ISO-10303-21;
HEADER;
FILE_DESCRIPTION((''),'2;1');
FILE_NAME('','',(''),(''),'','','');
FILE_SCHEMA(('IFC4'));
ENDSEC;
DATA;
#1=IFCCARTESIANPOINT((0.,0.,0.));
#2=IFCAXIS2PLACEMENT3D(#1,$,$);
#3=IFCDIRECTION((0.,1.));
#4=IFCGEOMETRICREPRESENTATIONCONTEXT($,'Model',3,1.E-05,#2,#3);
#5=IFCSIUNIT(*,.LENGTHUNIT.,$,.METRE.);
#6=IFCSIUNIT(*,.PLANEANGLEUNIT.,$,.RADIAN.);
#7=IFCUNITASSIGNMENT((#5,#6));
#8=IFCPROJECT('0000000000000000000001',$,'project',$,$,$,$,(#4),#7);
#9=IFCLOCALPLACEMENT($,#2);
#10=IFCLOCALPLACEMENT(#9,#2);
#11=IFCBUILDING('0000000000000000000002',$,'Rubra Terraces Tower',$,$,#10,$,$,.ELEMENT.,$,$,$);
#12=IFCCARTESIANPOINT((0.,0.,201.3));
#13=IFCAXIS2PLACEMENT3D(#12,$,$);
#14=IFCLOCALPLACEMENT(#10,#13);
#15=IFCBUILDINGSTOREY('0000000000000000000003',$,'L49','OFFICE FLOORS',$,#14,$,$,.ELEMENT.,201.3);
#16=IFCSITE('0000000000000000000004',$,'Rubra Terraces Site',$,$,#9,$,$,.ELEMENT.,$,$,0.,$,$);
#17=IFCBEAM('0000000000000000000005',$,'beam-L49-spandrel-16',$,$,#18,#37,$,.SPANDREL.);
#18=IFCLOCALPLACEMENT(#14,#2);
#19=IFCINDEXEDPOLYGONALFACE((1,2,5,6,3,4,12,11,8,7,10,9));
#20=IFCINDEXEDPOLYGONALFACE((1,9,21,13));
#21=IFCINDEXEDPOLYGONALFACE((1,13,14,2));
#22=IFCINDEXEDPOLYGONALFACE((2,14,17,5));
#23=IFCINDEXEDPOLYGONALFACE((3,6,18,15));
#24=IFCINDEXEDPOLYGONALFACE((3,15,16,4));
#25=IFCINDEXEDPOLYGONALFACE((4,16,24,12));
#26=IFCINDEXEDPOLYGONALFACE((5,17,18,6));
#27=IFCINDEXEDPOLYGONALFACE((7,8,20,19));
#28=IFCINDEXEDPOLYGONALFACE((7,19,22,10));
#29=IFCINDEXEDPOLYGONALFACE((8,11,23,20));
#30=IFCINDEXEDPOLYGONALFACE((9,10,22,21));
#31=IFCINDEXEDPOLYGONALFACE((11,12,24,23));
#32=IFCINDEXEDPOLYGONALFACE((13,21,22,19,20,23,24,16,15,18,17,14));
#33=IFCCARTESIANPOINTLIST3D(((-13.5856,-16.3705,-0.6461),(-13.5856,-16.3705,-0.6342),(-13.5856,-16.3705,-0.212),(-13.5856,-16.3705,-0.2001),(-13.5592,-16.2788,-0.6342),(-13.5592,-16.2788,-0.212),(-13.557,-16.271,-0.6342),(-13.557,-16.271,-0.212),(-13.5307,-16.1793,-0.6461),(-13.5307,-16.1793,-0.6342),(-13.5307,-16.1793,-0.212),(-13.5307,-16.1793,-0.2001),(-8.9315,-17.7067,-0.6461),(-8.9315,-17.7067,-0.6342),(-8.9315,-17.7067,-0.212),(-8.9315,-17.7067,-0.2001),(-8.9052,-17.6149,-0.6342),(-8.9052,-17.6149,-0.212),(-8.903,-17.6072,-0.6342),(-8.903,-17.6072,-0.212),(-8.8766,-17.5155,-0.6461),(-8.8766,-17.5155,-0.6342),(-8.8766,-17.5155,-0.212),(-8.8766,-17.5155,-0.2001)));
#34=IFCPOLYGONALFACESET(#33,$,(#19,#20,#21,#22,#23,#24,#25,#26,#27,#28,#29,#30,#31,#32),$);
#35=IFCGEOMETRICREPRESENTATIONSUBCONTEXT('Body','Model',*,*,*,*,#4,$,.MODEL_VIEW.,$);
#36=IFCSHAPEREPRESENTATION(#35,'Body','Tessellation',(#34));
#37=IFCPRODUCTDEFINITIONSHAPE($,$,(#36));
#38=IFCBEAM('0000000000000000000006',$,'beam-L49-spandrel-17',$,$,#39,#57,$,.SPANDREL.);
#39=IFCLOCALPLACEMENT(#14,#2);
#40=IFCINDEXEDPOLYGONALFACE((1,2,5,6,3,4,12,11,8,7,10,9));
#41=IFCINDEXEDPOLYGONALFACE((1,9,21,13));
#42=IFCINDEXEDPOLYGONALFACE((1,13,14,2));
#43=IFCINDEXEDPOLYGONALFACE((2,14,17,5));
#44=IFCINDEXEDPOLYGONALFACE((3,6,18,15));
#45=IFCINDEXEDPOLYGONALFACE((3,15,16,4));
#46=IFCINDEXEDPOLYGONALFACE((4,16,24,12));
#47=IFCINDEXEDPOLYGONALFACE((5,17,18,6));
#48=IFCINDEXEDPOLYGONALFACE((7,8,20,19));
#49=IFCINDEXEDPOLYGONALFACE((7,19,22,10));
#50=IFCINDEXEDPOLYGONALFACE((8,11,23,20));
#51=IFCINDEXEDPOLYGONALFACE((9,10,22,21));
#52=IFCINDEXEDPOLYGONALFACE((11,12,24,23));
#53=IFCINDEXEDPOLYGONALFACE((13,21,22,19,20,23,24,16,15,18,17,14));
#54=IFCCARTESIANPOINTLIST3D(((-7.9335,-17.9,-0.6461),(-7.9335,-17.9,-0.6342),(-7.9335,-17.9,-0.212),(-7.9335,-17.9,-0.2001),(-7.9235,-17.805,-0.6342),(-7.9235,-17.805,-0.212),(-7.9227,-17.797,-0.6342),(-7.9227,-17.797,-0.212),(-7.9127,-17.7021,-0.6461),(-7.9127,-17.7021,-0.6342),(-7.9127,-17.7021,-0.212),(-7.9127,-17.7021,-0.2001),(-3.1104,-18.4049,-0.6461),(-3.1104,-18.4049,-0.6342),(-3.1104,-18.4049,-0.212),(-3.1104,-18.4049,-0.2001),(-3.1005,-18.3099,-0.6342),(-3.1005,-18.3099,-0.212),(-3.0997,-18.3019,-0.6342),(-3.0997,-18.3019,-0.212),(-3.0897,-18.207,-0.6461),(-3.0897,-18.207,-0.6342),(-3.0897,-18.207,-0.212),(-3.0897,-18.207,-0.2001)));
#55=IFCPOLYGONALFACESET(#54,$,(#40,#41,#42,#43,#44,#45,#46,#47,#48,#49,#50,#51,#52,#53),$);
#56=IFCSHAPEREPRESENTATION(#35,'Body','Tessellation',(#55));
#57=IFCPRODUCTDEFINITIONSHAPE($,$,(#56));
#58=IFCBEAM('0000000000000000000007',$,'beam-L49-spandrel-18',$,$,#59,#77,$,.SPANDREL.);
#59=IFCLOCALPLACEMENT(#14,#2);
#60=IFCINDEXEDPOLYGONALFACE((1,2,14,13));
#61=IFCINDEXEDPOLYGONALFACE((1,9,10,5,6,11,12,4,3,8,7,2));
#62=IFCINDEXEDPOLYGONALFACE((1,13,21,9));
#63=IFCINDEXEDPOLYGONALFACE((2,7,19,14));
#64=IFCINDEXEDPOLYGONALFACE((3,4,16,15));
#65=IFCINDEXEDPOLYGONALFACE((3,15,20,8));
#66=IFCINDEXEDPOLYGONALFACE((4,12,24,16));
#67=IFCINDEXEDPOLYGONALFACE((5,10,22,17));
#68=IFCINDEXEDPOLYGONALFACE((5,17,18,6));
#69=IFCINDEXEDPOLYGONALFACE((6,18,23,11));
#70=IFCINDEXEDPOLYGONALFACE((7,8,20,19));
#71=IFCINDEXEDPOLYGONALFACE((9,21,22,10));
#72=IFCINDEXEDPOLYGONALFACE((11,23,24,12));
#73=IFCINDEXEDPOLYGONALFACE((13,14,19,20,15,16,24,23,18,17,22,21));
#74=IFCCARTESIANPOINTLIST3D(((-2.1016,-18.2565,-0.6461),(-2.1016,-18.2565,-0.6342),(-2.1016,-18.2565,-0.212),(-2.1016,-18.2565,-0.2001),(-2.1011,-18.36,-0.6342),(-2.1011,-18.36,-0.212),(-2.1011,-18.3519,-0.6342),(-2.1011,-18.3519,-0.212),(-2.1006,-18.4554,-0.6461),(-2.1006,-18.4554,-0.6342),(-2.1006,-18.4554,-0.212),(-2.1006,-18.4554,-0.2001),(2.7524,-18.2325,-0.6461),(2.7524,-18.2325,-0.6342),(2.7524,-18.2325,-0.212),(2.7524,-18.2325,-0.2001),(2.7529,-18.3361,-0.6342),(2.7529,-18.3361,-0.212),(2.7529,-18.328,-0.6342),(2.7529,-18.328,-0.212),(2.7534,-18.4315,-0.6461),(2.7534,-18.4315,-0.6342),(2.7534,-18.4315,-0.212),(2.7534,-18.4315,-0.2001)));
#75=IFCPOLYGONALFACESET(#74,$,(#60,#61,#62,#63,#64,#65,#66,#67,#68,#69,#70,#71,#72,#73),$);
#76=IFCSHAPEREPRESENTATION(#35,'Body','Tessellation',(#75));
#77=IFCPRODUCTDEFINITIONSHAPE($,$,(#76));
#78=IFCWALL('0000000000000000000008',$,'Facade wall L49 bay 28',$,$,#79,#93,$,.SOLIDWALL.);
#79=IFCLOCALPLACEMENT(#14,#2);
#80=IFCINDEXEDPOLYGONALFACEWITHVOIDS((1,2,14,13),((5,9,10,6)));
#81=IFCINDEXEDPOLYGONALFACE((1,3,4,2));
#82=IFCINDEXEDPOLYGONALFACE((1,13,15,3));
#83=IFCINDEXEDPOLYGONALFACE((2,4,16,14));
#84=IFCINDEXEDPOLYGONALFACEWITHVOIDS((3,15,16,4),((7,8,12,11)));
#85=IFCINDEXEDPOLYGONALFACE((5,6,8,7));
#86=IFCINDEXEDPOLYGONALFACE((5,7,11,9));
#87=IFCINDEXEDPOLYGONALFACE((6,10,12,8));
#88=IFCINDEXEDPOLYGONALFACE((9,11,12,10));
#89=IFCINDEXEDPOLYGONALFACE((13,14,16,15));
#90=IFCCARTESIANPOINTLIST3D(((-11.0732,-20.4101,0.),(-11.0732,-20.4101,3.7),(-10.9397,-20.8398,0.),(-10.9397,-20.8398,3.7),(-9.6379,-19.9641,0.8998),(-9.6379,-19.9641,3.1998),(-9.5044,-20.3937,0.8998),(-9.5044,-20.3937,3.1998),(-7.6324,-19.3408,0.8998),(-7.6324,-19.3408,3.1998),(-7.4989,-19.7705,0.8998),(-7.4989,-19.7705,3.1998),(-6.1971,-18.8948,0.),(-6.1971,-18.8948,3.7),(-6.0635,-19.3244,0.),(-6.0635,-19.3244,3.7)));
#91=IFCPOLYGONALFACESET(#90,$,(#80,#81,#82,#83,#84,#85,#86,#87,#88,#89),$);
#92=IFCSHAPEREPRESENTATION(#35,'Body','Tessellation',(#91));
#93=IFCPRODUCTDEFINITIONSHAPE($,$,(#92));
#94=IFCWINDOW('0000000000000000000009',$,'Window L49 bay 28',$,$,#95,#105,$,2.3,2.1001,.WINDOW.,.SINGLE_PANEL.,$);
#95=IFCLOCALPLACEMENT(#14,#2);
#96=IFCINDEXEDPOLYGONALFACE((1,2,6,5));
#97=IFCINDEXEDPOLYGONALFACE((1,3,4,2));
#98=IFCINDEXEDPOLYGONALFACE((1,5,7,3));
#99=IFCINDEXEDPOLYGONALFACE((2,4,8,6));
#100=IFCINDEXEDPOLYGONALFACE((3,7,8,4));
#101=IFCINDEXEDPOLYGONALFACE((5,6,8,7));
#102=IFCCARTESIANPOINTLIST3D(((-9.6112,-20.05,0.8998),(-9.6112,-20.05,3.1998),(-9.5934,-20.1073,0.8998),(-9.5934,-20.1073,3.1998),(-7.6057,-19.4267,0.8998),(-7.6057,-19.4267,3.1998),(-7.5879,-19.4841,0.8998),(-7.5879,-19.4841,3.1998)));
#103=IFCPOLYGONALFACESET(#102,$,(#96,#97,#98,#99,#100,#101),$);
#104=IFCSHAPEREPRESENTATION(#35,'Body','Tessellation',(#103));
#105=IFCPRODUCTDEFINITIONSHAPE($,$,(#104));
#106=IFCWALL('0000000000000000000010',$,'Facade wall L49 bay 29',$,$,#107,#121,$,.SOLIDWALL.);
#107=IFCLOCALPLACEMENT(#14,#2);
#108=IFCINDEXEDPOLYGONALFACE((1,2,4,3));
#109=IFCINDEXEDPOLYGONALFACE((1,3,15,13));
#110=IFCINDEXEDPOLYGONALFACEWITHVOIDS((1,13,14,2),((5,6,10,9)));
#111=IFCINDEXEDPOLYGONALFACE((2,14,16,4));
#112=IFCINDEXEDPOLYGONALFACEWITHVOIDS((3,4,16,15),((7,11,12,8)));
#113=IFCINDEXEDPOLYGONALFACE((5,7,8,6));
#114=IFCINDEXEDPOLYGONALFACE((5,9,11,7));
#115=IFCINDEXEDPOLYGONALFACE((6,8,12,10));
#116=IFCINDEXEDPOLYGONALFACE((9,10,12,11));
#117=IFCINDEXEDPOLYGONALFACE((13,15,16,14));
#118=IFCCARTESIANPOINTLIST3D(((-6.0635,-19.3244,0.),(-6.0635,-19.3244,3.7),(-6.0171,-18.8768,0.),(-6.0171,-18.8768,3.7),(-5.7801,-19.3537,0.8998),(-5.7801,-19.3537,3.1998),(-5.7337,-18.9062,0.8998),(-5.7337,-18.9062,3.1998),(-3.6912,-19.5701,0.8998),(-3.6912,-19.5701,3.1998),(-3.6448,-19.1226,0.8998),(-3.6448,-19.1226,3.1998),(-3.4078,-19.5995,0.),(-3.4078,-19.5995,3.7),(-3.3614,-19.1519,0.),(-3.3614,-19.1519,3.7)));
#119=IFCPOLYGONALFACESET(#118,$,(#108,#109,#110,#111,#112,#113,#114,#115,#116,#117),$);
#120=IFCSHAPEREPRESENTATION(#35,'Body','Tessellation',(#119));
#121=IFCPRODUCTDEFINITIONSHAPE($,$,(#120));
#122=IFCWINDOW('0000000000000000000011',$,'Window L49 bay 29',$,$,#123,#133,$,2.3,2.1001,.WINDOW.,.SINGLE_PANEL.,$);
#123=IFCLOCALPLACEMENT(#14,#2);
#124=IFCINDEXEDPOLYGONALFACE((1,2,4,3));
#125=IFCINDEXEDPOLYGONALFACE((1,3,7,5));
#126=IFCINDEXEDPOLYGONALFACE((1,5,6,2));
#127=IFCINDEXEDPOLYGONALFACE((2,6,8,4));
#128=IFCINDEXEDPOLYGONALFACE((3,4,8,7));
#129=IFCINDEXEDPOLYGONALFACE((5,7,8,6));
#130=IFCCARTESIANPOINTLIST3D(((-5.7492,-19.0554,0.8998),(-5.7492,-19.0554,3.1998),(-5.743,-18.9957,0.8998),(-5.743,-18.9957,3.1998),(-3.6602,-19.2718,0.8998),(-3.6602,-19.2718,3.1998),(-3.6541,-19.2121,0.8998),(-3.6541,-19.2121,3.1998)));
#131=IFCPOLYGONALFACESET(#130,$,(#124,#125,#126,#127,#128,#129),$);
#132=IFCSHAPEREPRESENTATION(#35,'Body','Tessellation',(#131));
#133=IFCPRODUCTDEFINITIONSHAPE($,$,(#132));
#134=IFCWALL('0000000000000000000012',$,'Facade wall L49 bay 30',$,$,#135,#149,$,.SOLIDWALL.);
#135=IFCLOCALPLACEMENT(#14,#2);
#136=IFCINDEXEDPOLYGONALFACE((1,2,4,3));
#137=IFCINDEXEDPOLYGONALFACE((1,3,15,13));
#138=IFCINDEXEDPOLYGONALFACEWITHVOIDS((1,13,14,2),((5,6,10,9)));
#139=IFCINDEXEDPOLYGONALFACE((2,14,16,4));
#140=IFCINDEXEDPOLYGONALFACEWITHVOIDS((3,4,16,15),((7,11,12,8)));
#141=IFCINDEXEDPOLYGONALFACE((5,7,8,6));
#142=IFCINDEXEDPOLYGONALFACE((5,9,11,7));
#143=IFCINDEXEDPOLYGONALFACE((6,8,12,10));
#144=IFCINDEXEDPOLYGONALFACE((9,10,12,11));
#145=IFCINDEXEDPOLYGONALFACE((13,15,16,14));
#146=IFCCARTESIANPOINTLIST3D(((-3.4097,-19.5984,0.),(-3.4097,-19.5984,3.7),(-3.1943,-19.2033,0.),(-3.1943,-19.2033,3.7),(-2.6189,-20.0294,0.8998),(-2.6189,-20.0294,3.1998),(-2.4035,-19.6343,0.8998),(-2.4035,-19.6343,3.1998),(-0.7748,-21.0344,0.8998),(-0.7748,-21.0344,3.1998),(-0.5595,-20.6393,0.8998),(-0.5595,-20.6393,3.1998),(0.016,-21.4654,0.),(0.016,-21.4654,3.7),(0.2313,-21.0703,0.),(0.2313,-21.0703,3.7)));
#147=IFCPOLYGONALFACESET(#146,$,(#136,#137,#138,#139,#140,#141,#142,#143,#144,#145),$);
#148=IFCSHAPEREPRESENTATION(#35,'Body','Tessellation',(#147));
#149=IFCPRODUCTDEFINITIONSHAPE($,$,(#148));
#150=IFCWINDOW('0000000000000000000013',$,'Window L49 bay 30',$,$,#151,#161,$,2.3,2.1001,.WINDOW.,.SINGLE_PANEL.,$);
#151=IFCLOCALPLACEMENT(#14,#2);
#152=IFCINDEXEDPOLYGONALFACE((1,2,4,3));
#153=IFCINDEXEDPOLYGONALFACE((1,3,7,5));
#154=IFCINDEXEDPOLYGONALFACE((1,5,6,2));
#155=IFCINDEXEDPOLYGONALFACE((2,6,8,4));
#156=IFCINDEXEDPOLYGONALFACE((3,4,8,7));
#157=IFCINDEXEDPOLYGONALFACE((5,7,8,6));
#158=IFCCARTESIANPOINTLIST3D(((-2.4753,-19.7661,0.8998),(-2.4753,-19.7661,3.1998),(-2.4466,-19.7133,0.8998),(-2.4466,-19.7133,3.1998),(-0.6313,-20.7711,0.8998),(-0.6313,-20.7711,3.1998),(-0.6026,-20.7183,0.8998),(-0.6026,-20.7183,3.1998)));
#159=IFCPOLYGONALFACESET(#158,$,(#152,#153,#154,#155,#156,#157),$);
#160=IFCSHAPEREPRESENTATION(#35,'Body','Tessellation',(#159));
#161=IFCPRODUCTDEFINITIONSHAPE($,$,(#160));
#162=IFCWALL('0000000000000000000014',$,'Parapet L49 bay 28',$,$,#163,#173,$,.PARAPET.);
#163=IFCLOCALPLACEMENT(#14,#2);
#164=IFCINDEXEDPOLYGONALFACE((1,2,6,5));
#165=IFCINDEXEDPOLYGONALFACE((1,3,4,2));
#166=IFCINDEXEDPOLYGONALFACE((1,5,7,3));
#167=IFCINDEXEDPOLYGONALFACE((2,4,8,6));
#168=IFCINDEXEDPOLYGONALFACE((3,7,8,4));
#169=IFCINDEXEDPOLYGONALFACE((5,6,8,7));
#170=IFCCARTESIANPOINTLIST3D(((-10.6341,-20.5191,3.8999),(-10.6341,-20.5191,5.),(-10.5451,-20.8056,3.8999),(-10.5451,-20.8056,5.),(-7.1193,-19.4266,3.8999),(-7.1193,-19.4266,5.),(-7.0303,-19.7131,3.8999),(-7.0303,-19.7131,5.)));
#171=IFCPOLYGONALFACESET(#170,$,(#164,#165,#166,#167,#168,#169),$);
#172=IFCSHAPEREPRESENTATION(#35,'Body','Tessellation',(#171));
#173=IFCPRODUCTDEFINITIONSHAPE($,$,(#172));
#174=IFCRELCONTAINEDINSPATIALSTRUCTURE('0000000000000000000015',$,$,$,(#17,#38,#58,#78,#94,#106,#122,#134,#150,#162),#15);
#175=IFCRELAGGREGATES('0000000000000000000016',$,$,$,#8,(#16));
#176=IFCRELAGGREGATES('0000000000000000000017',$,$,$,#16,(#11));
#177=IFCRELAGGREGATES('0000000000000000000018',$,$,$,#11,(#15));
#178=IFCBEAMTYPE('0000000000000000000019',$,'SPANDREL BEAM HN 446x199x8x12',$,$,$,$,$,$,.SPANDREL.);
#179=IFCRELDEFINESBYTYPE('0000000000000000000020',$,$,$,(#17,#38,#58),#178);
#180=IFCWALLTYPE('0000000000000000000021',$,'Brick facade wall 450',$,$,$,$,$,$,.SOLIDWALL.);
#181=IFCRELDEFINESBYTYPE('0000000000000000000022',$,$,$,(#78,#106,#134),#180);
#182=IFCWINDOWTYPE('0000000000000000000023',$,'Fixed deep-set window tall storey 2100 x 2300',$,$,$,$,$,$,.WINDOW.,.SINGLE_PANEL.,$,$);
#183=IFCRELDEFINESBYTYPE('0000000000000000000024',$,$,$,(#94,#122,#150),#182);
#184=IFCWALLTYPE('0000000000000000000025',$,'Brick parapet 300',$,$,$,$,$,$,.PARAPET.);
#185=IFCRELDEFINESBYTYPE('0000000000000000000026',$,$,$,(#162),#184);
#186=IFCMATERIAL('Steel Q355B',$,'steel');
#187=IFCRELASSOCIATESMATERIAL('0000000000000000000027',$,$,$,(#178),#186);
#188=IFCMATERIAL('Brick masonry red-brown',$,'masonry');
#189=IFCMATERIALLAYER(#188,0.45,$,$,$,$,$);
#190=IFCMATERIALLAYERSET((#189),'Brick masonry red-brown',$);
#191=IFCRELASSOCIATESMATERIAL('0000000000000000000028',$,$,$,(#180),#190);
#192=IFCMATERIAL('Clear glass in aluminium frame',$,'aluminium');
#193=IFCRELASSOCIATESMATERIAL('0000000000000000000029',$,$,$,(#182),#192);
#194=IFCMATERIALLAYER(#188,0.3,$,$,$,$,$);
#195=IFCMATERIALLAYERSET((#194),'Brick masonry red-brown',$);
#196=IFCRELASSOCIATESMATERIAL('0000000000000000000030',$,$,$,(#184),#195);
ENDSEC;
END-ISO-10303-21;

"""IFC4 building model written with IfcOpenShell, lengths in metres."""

from ifc_helpers import new_model, si_unit, direction, frame, frame_2d, origin, origin_2d, place, context, subcontext, project, spatial, rectangle, i_section, extrude, material, layer, layer_set, material_profile, profile_set, type_object, element, fill, save


model = new_model("IFC4")

# Units and contexts
model_context = context("Model", 3, precision=1e-05, world=origin(), true_north=direction((0.0, 1.0)))
body_context = subcontext(model_context, "Body", "Model", "MODEL_VIEW")
ifc_project = project(units=[si_unit("LENGTHUNIT", "METRE"), si_unit("PLANEANGLEUNIT", "RADIAN")], contexts=[model_context])

# Site, building, storey
site_placement = place(None, origin())
site = spatial("IfcSite", under=ifc_project, at=site_placement, Name="Rubra Terraces Site", CompositionType="ELEMENT", RefElevation=0.0)
building_placement = place(site_placement, origin())
building = spatial("IfcBuilding", under=site, at=building_placement, Name="Rubra Terraces Tower", CompositionType="ELEMENT")
storey_placement = place(building_placement, frame((0.0, 0.0, 201.3)))
storey = spatial("IfcBuildingStorey", under=building, at=storey_placement, Name="L49", Description="OFFICE FLOORS", CompositionType="ELEMENT", Elevation=201.3)

# Beams
ifc_material_1 = material(Name="Steel Q355B", Category="steel")
ifc_material_profile_1 = material_profile(ifc_material_1, i_section(OverallWidth=0.199, OverallDepth=0.446, WebThickness=0.0081, FlangeThickness=0.012, at=origin_2d()), Name="HN 446x199x8x12")
ifc_profile_set_1 = profile_set([ifc_material_profile_1], Name="Steel Q355B")
beam_type_1 = type_object("IfcBeamType", Name="SPANDREL BEAM HN 446x199x8x12", PredefinedType="SPANDREL", material=ifc_profile_set_1)
beam_1_placement = place(storey_placement, frame((-13.5581, -16.2749, -0.4231), z_axis=(0.961171, -0.275953, 0.0), x_axis=(0.275953, 0.961171, 0.0)))
element("IfcBeam", 1, at=beam_1_placement, inside=storey, type_object=beam_type_1, Name="beam-L49-spandrel-16", PredefinedType="SPANDREL", context=body_context, shape_type="SweptSolid", body=[
    extrude(i_section(OverallWidth=0.199, OverallDepth=0.446, WebThickness=0.0081, FlangeThickness=0.012, at=origin_2d()), origin(), (0.0, 0.0, 1.0), 4.842),
])
beam_2_placement = place(storey_placement, frame((-7.9231, -17.801, -0.4231), z_axis=(0.994565, -0.104113, 0.0), x_axis=(0.104113, 0.994565, 0.0)))
element("IfcBeam", 2, at=beam_2_placement, inside=storey, type_object=beam_type_1, Name="beam-L49-spandrel-17", PredefinedType="SPANDREL", context=body_context, shape_type="SweptSolid", body=[
    extrude(i_section(OverallWidth=0.199, OverallDepth=0.446, WebThickness=0.0081, FlangeThickness=0.012, at=origin_2d()), origin(), (0.0, 0.0, 1.0), 4.8494),
])
beam_3_placement = place(storey_placement, frame((-2.1011, -18.356, -0.4231), z_axis=(0.999988, 0.004929, 0.0), x_axis=(-0.004929, 0.999988, 0.0)))
element("IfcBeam", 3, at=beam_3_placement, inside=storey, type_object=beam_type_1, Name="beam-L49-spandrel-18", PredefinedType="SPANDREL", context=body_context, shape_type="SweptSolid", body=[
    extrude(i_section(OverallWidth=0.199, OverallDepth=0.446, WebThickness=0.0081, FlangeThickness=0.012, at=origin_2d()), origin(), (0.0, 0.0, 1.0), 4.854),
])

# Walls, openings, windows
ifc_material_2 = material(Name="Brick masonry red-brown", Category="masonry")
ifc_layer_1 = layer(ifc_material_2, 0.45)
ifc_layer_set_1 = layer_set([ifc_layer_1], Name="Brick masonry red-brown")
wall_type_1 = type_object("IfcWallType", Name="Brick facade wall 450", PredefinedType="SOLIDWALL", material=ifc_layer_set_1)
wall_1_placement = place(storey_placement, frame((-11.0066, -20.625, 0.0), z_axis=(0.0, 0.0, 1.0), x_axis=(0.954949, 0.296769, 0.0)))
wall_1 = element("IfcWall", 4, at=wall_1_placement, inside=storey, type_object=wall_type_1, Name="Facade wall L49 bay 28", PredefinedType="SOLIDWALL", context=body_context, shape_type="SweptSolid", body=[
    extrude(rectangle(XDim=5.1062, YDim=0.45, at=frame_2d((2.5532, 0.0))), origin(), (0.0, 0.0, 1.0), 3.7),
])
opening_1_placement = place(wall_1_placement, frame((1.5032, 0.0, 0.8999)))
opening_1 = element("IfcOpeningElement", 5, at=opening_1_placement, cuts=wall_1, PredefinedType="OPENING", context=body_context, shape_type="SweptSolid", body=[
    extrude(rectangle(XDim=2.1001, YDim=2.3, at=frame_2d((1.05, 1.1499))), frame((0.0, 0.2349, 0.0), z_axis=(0.0, -1.0, 0.0), x_axis=(1.0, 0.0, 0.0)), (0.0, 0.0, 1.0), 0.47),
])
ifc_material_3 = material(Name="Clear glass in aluminium frame", Category="aluminium")
window_type = type_object("IfcWindowType", Name="Fixed deep-set window tall storey 2100 x 2300", PartitioningType="SINGLE_PANEL", PredefinedType="WINDOW", material=ifc_material_3)
window_1_placement = place(opening_1_placement, origin())
window_1 = element("IfcWindow", 6, at=window_1_placement, inside=storey, type_object=window_type, Name="Window L49 bay 28", OverallHeight=2.3, OverallWidth=2.1001, PartitioningType="SINGLE_PANEL", PredefinedType="WINDOW", context=body_context, shape_type="SweptSolid", body=[
    extrude(rectangle(XDim=2.1001, YDim=2.3, at=frame_2d((1.05, 1.1499))), frame((0.0, 0.135, 0.0), z_axis=(0.0, -1.0, 0.0), x_axis=(1.0, 0.0, 0.0)), (0.0, 0.0, 1.0), 0.0601),
])
fill(opening_1, window_1)
wall_2_placement = place(storey_placement, frame((-6.0403, -19.1006, 0.0), z_axis=(0.0, 0.0, 1.0), x_axis=(0.994676, -0.103052, 0.0)))
wall_2 = element("IfcWall", 7, at=wall_2_placement, inside=storey, type_object=wall_type_1, Name="Facade wall L49 bay 29", PredefinedType="SOLIDWALL", context=body_context, shape_type="SweptSolid", body=[
    extrude(rectangle(XDim=2.6699, YDim=0.45, at=frame_2d((1.335, 0.0))), origin(), (0.0, 0.0, 1.0), 3.7),
])
opening_2_placement = place(wall_2_placement, frame((0.2849, 0.0, 0.8999)))
opening_2 = element("IfcOpeningElement", 8, at=opening_2_placement, cuts=wall_2, PredefinedType="OPENING", context=body_context, shape_type="SweptSolid", body=[
    extrude(rectangle(XDim=2.1001, YDim=2.3, at=frame_2d((1.05, 1.1499))), frame((0.0, 0.2349, 0.0), z_axis=(0.0, -1.0, 0.0), x_axis=(1.0, 0.0, 0.0)), (0.0, 0.0, 1.0), 0.47),
])
window_2_placement = place(opening_2_placement, origin())
window_2 = element("IfcWindow", 9, at=window_2_placement, inside=storey, type_object=window_type, Name="Window L49 bay 29", OverallHeight=2.3, OverallWidth=2.1001, PartitioningType="SINGLE_PANEL", PredefinedType="WINDOW", context=body_context, shape_type="SweptSolid", body=[
    extrude(rectangle(XDim=2.1001, YDim=2.3, at=frame_2d((1.05, 1.1499))), frame((0.0, 0.135, 0.0), z_axis=(0.0, -1.0, 0.0), x_axis=(1.0, 0.0, 0.0)), (0.0, 0.0, 1.0), 0.0601),
])
fill(opening_2, window_2)
wall_3_placement = place(storey_placement, frame((-3.302, -19.4009, 0.0), z_axis=(0.0, 0.0, 1.0), x_axis=(0.878061, -0.47855, 0.0)))
wall_3 = element("IfcWall", 10, at=wall_3_placement, inside=storey, type_object=wall_type_1, Name="Facade wall L49 bay 30", PredefinedType="SOLIDWALL", context=body_context, shape_type="SweptSolid", body=[
    extrude(rectangle(XDim=3.9014, YDim=0.45, at=frame_2d((1.9507, 0.0))), origin(), (0.0, 0.0, 1.0), 3.7),
])
opening_3_placement = place(wall_3_placement, frame((0.9006, 0.0, 0.8999)))
opening_3 = element("IfcOpeningElement", 11, at=opening_3_placement, cuts=wall_3, PredefinedType="OPENING", context=body_context, shape_type="SweptSolid", body=[
    extrude(rectangle(XDim=2.1001, YDim=2.3, at=frame_2d((1.05, 1.1499))), frame((0.0, 0.2349, 0.0), z_axis=(0.0, -1.0, 0.0), x_axis=(1.0, 0.0, 0.0)), (0.0, 0.0, 1.0), 0.47),
])
window_3_placement = place(opening_3_placement, origin())
window_3 = element("IfcWindow", 12, at=window_3_placement, inside=storey, type_object=window_type, Name="Window L49 bay 30", OverallHeight=2.3, OverallWidth=2.1001, PartitioningType="SINGLE_PANEL", PredefinedType="WINDOW", context=body_context, shape_type="SweptSolid", body=[
    extrude(rectangle(XDim=2.1001, YDim=2.3, at=frame_2d((1.05, 1.1499))), frame((0.0, 0.135, 0.0), z_axis=(0.0, -1.0, 0.0), x_axis=(1.0, 0.0, 0.0)), (0.0, 0.0, 1.0), 0.0601),
])
fill(opening_3, window_3)

# Wall
ifc_layer_2 = layer(ifc_material_2, 0.3)
ifc_layer_set_2 = layer_set([ifc_layer_2], Name="Brick masonry red-brown")
wall_type_2 = type_object("IfcWallType", Name="Brick parapet 300", PredefinedType="PARAPET", material=ifc_layer_set_2)
wall_4_placement = place(storey_placement, frame((-10.5896, -20.6624, 3.8999), z_axis=(0.0, 0.0, 1.0), x_axis=(0.954933, 0.296821, 0.0)))
element("IfcWall", 13, at=wall_4_placement, inside=storey, type_object=wall_type_2, Name="Parapet L49 bay 28", PredefinedType="PARAPET", context=body_context, shape_type="SweptSolid", body=[
    extrude(rectangle(XDim=3.6807, YDim=0.3, at=frame_2d((1.8403, 0.0))), origin(), (0.0, 0.0, 1.0), 1.1001),
])

save(model, "model.ifc")
